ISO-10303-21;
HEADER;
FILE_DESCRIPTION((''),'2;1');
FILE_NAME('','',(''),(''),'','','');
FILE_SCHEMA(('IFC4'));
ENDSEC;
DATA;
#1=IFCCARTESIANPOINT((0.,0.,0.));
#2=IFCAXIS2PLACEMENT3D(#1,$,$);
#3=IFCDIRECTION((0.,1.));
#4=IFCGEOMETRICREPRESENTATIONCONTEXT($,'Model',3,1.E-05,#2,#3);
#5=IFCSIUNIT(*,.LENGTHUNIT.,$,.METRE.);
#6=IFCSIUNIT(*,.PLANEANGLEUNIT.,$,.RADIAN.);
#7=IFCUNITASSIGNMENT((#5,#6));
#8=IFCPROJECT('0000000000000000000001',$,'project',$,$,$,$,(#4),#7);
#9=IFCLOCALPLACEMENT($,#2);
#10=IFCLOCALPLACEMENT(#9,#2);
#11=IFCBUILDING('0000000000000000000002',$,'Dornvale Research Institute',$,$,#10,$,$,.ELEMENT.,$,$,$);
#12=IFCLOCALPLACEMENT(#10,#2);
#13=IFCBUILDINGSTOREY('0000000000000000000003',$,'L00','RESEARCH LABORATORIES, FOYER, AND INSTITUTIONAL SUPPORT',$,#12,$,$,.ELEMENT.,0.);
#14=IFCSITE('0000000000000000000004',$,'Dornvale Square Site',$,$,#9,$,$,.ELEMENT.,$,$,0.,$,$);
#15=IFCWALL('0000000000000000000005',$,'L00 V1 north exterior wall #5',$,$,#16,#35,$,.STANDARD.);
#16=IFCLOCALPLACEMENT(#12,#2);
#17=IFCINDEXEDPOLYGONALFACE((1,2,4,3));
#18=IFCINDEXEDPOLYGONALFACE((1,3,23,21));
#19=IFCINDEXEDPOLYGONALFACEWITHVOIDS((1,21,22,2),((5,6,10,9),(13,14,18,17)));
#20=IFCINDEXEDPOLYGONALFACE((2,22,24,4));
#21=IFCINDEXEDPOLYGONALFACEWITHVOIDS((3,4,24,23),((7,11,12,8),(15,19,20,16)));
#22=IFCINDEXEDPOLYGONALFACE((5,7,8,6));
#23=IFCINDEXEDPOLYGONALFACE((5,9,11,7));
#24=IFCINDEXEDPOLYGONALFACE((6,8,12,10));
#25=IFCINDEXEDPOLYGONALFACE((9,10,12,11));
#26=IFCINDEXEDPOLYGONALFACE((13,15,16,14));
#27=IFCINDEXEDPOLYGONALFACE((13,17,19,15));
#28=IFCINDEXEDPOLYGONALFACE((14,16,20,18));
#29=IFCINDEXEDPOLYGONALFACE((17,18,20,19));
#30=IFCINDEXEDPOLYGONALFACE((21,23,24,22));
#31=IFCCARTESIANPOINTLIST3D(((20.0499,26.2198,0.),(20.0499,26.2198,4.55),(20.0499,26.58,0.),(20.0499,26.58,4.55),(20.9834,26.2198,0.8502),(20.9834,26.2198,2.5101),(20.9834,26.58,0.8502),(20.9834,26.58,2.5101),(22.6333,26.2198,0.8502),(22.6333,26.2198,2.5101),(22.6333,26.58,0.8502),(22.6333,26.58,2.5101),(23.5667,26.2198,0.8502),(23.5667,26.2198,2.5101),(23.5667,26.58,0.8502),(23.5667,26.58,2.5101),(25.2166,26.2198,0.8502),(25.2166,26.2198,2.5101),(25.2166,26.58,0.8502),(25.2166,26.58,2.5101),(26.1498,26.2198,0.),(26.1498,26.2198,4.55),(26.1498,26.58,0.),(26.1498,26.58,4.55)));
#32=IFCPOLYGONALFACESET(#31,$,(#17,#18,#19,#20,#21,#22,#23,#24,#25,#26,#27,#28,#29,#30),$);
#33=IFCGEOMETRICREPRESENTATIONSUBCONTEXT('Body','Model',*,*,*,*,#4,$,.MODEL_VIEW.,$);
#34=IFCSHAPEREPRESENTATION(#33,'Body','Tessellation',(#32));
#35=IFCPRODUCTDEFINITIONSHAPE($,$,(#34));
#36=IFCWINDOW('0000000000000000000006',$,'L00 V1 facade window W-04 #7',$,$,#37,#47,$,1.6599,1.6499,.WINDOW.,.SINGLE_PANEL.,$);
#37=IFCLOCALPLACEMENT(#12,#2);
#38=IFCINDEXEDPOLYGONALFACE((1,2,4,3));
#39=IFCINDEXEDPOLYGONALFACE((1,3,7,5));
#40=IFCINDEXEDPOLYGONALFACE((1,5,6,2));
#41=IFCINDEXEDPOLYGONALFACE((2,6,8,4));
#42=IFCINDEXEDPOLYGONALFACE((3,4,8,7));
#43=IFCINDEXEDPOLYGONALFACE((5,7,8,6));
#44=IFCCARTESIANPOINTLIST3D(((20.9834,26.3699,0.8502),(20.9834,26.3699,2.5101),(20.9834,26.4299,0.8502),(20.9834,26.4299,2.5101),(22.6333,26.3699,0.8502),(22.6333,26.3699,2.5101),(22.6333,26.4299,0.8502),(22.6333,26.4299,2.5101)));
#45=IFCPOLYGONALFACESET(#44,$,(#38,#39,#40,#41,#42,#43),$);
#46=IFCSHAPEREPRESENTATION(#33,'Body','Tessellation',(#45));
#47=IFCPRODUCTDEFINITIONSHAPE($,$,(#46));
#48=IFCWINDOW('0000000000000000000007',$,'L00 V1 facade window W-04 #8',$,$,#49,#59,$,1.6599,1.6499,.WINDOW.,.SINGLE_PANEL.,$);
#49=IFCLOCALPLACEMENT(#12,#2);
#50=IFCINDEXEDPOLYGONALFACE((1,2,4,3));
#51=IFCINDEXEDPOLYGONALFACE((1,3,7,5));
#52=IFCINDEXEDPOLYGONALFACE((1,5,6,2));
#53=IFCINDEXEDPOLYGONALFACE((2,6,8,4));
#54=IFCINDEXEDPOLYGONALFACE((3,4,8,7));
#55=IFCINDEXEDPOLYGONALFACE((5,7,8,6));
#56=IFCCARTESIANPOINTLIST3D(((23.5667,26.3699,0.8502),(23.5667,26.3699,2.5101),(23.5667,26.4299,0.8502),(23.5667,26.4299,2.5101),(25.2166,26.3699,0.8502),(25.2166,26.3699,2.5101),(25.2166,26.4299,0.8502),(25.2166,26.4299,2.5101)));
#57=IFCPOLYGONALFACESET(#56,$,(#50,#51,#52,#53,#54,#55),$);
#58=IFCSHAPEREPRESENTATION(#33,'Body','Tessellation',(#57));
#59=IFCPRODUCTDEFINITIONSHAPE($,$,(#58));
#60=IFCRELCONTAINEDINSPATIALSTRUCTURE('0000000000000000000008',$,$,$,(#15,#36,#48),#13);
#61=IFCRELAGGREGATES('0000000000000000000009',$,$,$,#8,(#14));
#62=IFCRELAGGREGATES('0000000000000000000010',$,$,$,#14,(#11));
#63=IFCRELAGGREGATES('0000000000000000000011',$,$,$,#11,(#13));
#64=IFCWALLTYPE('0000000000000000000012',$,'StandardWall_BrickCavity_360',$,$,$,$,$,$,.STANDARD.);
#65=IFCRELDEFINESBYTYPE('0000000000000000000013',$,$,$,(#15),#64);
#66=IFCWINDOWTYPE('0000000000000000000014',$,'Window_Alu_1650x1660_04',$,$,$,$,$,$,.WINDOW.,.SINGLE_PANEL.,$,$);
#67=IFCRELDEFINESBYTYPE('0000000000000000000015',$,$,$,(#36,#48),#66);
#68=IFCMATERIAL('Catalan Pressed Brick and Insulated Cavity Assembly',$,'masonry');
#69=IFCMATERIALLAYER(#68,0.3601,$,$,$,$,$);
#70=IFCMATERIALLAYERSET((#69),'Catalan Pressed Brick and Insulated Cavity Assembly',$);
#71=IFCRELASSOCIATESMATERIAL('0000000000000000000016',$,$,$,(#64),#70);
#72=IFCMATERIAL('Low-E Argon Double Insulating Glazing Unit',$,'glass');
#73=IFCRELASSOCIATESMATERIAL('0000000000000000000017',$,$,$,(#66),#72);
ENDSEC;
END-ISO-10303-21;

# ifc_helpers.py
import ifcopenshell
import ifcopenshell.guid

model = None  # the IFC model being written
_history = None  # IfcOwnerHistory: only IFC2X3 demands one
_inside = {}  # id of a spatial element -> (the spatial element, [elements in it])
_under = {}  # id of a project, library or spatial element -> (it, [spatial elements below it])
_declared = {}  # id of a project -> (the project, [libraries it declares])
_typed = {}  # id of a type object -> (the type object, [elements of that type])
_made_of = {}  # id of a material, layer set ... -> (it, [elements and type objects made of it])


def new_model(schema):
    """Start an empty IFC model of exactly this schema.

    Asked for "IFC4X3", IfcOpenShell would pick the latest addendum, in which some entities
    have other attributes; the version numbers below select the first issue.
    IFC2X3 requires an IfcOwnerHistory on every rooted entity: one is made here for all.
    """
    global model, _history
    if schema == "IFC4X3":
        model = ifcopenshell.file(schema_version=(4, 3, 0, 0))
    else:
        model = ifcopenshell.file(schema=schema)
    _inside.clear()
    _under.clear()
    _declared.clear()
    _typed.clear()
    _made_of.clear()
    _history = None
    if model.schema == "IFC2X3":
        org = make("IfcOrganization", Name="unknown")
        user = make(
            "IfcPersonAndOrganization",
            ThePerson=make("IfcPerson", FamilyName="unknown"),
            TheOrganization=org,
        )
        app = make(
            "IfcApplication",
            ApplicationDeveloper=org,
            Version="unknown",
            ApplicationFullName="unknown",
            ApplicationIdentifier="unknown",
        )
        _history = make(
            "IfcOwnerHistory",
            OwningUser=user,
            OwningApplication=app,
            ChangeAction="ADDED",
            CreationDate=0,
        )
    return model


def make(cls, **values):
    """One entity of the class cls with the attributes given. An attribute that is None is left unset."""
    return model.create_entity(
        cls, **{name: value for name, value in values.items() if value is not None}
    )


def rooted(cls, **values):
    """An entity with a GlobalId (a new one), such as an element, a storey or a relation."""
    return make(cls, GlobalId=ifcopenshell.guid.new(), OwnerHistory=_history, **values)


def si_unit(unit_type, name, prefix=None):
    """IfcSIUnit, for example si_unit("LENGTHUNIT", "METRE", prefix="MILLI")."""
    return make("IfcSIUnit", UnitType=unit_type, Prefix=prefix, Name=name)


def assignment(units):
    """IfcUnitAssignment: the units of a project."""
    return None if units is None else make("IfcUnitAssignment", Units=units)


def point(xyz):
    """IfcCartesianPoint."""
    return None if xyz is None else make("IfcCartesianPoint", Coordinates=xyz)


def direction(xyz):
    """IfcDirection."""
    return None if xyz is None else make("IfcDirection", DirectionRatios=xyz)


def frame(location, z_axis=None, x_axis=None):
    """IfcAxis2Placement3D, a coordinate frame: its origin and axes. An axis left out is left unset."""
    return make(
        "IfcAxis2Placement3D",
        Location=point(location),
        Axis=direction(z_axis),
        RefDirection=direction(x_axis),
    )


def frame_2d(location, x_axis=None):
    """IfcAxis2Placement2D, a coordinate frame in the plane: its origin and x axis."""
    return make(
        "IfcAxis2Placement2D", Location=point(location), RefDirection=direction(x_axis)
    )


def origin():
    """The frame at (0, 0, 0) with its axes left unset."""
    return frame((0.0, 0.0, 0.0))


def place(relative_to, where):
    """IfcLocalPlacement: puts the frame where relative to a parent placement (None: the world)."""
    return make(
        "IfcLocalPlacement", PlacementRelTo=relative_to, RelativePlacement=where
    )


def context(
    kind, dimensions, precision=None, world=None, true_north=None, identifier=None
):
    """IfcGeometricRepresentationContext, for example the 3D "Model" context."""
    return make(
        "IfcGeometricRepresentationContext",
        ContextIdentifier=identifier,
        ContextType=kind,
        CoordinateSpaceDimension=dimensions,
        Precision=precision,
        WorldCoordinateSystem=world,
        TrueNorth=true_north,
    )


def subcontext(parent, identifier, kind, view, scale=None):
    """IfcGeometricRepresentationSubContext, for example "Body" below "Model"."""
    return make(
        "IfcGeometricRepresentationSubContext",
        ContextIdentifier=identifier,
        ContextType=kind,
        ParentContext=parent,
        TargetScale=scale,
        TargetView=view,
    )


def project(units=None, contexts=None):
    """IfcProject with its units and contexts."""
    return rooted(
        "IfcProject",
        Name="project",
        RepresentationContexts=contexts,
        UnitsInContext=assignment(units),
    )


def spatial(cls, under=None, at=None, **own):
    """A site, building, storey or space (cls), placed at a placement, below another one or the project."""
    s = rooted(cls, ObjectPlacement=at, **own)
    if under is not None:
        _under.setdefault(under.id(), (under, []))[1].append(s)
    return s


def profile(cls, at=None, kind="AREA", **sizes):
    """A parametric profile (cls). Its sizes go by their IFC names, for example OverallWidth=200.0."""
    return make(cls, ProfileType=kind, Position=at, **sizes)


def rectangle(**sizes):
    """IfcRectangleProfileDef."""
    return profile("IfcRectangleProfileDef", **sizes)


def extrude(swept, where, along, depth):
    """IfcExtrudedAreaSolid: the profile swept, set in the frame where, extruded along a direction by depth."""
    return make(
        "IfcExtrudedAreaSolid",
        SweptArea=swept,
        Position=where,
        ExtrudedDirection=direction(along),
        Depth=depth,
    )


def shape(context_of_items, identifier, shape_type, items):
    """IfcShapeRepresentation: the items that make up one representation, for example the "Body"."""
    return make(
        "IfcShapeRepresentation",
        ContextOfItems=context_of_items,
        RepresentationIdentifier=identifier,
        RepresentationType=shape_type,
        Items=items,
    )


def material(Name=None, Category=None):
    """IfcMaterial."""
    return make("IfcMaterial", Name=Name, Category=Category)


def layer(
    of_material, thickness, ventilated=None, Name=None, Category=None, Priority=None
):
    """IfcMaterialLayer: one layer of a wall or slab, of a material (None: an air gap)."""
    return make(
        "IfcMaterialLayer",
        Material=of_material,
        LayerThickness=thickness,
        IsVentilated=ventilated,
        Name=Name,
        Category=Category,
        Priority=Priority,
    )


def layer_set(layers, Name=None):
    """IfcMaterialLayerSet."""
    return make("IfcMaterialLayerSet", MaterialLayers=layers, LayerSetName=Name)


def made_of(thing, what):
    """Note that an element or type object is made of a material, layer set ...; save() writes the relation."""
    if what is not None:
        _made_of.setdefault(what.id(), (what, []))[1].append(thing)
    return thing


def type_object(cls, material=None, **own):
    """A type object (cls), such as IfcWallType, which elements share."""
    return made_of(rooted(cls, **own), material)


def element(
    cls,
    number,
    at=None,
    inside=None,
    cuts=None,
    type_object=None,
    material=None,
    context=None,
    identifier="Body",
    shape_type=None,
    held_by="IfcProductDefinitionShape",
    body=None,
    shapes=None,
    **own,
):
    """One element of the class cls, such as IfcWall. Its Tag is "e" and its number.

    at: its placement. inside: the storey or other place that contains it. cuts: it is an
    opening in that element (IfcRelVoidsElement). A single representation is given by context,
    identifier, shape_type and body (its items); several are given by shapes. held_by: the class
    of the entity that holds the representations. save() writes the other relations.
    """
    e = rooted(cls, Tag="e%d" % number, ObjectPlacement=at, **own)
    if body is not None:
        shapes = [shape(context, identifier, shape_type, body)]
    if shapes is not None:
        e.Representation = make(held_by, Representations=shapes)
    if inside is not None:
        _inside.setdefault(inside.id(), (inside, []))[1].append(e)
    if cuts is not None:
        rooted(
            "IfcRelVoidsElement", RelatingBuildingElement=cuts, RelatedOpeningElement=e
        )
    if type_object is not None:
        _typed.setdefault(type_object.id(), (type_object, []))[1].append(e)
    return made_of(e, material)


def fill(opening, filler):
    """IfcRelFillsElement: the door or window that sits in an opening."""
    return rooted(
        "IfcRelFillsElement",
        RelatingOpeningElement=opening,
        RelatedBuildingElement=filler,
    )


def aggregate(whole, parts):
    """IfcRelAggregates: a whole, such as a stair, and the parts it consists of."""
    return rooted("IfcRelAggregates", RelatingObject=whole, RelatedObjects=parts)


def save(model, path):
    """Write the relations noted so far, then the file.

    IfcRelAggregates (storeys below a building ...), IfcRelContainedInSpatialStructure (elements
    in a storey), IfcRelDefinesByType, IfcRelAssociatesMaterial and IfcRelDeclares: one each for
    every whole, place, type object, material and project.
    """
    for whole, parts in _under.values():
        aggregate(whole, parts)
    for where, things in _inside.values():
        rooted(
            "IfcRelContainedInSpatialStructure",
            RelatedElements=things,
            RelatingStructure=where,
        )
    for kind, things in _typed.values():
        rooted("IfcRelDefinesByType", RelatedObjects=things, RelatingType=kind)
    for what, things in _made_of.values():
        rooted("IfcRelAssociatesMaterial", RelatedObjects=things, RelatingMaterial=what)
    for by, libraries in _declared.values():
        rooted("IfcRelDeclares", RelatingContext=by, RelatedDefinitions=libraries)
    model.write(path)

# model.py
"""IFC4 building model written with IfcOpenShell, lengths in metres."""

from ifc_helpers import new_model, si_unit, direction, frame, frame_2d, origin, place, context, subcontext, project, spatial, rectangle, extrude, material, layer, layer_set, type_object, element, fill, save


model = new_model("IFC4")

# Units and contexts
model_context = context("Model", 3, precision=1e-05, world=origin(), true_north=direction((0.0, 1.0)))
body_context = subcontext(model_context, "Body", "Model", "MODEL_VIEW")
ifc_project = project(units=[si_unit("LENGTHUNIT", "METRE"), si_unit("PLANEANGLEUNIT", "RADIAN")], contexts=[model_context])

# Site, building, storey
site_placement = place(None, origin())
site = spatial("IfcSite", under=ifc_project, at=site_placement, Name="Dornvale Square Site", CompositionType="ELEMENT", RefElevation=0.0)
building_placement = place(site_placement, origin())
building = spatial("IfcBuilding", under=site, at=building_placement, Name="Dornvale Research Institute", CompositionType="ELEMENT")
storey_placement = place(building_placement, origin())
storey = spatial("IfcBuildingStorey", under=building, at=storey_placement, Name="L00", Description="RESEARCH LABORATORIES, FOYER, AND INSTITUTIONAL SUPPORT", CompositionType="ELEMENT", Elevation=0.0)

# Shared definitions
ifc_material_1 = material(Name="Catalan Pressed Brick and Insulated Cavity Assembly", Category="masonry")
ifc_layer = layer(ifc_material_1, 0.3601)
ifc_layer_set = layer_set([ifc_layer], Name="Catalan Pressed Brick and Insulated Cavity Assembly")
wall_type = type_object("IfcWallType", Name="StandardWall_BrickCavity_360", PredefinedType="STANDARD", material=ifc_layer_set)
ifc_material_2 = material(Name="Low-E Argon Double Insulating Glazing Unit", Category="glass")
window_type = type_object("IfcWindowType", Name="Window_Alu_1650x1660_04", PartitioningType="SINGLE_PANEL", PredefinedType="WINDOW", material=ifc_material_2)

# Wall, openings, windows
wall_1_placement = place(storey_placement, frame((20.05, 26.3999, 0.0), z_axis=(0.0, 0.0, 1.0), x_axis=(1.0, 0.0, 0.0)))
wall_1 = element("IfcWall", 1, at=wall_1_placement, inside=storey, type_object=wall_type, Name="L00 V1 north exterior wall #5", PredefinedType="STANDARD", context=body_context, shape_type="SweptSolid", body=[
    extrude(rectangle(XDim=6.0999, YDim=0.3601, at=frame_2d((3.0498, 0.0))), origin(), (0.0, 0.0, 1.0), 4.55),
])
opening_1_placement = place(wall_1_placement, frame((0.9333, 0.0, 0.8501)))
opening_1 = element("IfcOpeningElement", 2, at=opening_1_placement, cuts=wall_1, PredefinedType="OPENING", context=body_context, shape_type="SweptSolid", body=[
    extrude(rectangle(XDim=1.6499, YDim=1.6599, at=frame_2d((0.825, 0.8301))), frame((0.0, 0.1951, 0.0), z_axis=(0.0, -1.0, 0.0), x_axis=(1.0, 0.0, 0.0)), (0.0, 0.0, 1.0), 0.3901),
])
opening_2_placement = place(wall_1_placement, frame((3.5166, 0.0, 0.8501)))
opening_2 = element("IfcOpeningElement", 3, at=opening_2_placement, cuts=wall_1, PredefinedType="OPENING", context=body_context, shape_type="SweptSolid", body=[
    extrude(rectangle(XDim=1.6499, YDim=1.6599, at=frame_2d((0.825, 0.8301))), frame((0.0, 0.1951, 0.0), z_axis=(0.0, -1.0, 0.0), x_axis=(1.0, 0.0, 0.0)), (0.0, 0.0, 1.0), 0.3901),
])
window_1_placement = place(opening_1_placement, origin())
window_1 = element("IfcWindow", 4, at=window_1_placement, inside=storey, type_object=window_type, Name="L00 V1 facade window W-04 #7", OverallHeight=1.6599, OverallWidth=1.6499, PartitioningType="SINGLE_PANEL", PredefinedType="WINDOW", context=body_context, shape_type="SweptSolid", body=[
    extrude(rectangle(XDim=1.6499, YDim=1.6599, at=frame_2d((0.825, 0.8301))), frame((0.0, 0.03, 0.0), z_axis=(0.0, -1.0, 0.0), x_axis=(1.0, 0.0, 0.0)), (0.0, 0.0, 1.0), 0.0601),
])
fill(opening_1, window_1)
window_2_placement = place(opening_2_placement, origin())
window_2 = element("IfcWindow", 5, at=window_2_placement, inside=storey, type_object=window_type, Name="L00 V1 facade window W-04 #8", OverallHeight=1.6599, OverallWidth=1.6499, PartitioningType="SINGLE_PANEL", PredefinedType="WINDOW", context=body_context, shape_type="SweptSolid", body=[
    extrude(rectangle(XDim=1.6499, YDim=1.6599, at=frame_2d((0.825, 0.8301))), frame((0.0, 0.03, 0.0), z_axis=(0.0, -1.0, 0.0), x_axis=(1.0, 0.0, 0.0)), (0.0, 0.0, 1.0), 0.0601),
])
fill(opening_2, window_2)

save(model, "model.ifc")
